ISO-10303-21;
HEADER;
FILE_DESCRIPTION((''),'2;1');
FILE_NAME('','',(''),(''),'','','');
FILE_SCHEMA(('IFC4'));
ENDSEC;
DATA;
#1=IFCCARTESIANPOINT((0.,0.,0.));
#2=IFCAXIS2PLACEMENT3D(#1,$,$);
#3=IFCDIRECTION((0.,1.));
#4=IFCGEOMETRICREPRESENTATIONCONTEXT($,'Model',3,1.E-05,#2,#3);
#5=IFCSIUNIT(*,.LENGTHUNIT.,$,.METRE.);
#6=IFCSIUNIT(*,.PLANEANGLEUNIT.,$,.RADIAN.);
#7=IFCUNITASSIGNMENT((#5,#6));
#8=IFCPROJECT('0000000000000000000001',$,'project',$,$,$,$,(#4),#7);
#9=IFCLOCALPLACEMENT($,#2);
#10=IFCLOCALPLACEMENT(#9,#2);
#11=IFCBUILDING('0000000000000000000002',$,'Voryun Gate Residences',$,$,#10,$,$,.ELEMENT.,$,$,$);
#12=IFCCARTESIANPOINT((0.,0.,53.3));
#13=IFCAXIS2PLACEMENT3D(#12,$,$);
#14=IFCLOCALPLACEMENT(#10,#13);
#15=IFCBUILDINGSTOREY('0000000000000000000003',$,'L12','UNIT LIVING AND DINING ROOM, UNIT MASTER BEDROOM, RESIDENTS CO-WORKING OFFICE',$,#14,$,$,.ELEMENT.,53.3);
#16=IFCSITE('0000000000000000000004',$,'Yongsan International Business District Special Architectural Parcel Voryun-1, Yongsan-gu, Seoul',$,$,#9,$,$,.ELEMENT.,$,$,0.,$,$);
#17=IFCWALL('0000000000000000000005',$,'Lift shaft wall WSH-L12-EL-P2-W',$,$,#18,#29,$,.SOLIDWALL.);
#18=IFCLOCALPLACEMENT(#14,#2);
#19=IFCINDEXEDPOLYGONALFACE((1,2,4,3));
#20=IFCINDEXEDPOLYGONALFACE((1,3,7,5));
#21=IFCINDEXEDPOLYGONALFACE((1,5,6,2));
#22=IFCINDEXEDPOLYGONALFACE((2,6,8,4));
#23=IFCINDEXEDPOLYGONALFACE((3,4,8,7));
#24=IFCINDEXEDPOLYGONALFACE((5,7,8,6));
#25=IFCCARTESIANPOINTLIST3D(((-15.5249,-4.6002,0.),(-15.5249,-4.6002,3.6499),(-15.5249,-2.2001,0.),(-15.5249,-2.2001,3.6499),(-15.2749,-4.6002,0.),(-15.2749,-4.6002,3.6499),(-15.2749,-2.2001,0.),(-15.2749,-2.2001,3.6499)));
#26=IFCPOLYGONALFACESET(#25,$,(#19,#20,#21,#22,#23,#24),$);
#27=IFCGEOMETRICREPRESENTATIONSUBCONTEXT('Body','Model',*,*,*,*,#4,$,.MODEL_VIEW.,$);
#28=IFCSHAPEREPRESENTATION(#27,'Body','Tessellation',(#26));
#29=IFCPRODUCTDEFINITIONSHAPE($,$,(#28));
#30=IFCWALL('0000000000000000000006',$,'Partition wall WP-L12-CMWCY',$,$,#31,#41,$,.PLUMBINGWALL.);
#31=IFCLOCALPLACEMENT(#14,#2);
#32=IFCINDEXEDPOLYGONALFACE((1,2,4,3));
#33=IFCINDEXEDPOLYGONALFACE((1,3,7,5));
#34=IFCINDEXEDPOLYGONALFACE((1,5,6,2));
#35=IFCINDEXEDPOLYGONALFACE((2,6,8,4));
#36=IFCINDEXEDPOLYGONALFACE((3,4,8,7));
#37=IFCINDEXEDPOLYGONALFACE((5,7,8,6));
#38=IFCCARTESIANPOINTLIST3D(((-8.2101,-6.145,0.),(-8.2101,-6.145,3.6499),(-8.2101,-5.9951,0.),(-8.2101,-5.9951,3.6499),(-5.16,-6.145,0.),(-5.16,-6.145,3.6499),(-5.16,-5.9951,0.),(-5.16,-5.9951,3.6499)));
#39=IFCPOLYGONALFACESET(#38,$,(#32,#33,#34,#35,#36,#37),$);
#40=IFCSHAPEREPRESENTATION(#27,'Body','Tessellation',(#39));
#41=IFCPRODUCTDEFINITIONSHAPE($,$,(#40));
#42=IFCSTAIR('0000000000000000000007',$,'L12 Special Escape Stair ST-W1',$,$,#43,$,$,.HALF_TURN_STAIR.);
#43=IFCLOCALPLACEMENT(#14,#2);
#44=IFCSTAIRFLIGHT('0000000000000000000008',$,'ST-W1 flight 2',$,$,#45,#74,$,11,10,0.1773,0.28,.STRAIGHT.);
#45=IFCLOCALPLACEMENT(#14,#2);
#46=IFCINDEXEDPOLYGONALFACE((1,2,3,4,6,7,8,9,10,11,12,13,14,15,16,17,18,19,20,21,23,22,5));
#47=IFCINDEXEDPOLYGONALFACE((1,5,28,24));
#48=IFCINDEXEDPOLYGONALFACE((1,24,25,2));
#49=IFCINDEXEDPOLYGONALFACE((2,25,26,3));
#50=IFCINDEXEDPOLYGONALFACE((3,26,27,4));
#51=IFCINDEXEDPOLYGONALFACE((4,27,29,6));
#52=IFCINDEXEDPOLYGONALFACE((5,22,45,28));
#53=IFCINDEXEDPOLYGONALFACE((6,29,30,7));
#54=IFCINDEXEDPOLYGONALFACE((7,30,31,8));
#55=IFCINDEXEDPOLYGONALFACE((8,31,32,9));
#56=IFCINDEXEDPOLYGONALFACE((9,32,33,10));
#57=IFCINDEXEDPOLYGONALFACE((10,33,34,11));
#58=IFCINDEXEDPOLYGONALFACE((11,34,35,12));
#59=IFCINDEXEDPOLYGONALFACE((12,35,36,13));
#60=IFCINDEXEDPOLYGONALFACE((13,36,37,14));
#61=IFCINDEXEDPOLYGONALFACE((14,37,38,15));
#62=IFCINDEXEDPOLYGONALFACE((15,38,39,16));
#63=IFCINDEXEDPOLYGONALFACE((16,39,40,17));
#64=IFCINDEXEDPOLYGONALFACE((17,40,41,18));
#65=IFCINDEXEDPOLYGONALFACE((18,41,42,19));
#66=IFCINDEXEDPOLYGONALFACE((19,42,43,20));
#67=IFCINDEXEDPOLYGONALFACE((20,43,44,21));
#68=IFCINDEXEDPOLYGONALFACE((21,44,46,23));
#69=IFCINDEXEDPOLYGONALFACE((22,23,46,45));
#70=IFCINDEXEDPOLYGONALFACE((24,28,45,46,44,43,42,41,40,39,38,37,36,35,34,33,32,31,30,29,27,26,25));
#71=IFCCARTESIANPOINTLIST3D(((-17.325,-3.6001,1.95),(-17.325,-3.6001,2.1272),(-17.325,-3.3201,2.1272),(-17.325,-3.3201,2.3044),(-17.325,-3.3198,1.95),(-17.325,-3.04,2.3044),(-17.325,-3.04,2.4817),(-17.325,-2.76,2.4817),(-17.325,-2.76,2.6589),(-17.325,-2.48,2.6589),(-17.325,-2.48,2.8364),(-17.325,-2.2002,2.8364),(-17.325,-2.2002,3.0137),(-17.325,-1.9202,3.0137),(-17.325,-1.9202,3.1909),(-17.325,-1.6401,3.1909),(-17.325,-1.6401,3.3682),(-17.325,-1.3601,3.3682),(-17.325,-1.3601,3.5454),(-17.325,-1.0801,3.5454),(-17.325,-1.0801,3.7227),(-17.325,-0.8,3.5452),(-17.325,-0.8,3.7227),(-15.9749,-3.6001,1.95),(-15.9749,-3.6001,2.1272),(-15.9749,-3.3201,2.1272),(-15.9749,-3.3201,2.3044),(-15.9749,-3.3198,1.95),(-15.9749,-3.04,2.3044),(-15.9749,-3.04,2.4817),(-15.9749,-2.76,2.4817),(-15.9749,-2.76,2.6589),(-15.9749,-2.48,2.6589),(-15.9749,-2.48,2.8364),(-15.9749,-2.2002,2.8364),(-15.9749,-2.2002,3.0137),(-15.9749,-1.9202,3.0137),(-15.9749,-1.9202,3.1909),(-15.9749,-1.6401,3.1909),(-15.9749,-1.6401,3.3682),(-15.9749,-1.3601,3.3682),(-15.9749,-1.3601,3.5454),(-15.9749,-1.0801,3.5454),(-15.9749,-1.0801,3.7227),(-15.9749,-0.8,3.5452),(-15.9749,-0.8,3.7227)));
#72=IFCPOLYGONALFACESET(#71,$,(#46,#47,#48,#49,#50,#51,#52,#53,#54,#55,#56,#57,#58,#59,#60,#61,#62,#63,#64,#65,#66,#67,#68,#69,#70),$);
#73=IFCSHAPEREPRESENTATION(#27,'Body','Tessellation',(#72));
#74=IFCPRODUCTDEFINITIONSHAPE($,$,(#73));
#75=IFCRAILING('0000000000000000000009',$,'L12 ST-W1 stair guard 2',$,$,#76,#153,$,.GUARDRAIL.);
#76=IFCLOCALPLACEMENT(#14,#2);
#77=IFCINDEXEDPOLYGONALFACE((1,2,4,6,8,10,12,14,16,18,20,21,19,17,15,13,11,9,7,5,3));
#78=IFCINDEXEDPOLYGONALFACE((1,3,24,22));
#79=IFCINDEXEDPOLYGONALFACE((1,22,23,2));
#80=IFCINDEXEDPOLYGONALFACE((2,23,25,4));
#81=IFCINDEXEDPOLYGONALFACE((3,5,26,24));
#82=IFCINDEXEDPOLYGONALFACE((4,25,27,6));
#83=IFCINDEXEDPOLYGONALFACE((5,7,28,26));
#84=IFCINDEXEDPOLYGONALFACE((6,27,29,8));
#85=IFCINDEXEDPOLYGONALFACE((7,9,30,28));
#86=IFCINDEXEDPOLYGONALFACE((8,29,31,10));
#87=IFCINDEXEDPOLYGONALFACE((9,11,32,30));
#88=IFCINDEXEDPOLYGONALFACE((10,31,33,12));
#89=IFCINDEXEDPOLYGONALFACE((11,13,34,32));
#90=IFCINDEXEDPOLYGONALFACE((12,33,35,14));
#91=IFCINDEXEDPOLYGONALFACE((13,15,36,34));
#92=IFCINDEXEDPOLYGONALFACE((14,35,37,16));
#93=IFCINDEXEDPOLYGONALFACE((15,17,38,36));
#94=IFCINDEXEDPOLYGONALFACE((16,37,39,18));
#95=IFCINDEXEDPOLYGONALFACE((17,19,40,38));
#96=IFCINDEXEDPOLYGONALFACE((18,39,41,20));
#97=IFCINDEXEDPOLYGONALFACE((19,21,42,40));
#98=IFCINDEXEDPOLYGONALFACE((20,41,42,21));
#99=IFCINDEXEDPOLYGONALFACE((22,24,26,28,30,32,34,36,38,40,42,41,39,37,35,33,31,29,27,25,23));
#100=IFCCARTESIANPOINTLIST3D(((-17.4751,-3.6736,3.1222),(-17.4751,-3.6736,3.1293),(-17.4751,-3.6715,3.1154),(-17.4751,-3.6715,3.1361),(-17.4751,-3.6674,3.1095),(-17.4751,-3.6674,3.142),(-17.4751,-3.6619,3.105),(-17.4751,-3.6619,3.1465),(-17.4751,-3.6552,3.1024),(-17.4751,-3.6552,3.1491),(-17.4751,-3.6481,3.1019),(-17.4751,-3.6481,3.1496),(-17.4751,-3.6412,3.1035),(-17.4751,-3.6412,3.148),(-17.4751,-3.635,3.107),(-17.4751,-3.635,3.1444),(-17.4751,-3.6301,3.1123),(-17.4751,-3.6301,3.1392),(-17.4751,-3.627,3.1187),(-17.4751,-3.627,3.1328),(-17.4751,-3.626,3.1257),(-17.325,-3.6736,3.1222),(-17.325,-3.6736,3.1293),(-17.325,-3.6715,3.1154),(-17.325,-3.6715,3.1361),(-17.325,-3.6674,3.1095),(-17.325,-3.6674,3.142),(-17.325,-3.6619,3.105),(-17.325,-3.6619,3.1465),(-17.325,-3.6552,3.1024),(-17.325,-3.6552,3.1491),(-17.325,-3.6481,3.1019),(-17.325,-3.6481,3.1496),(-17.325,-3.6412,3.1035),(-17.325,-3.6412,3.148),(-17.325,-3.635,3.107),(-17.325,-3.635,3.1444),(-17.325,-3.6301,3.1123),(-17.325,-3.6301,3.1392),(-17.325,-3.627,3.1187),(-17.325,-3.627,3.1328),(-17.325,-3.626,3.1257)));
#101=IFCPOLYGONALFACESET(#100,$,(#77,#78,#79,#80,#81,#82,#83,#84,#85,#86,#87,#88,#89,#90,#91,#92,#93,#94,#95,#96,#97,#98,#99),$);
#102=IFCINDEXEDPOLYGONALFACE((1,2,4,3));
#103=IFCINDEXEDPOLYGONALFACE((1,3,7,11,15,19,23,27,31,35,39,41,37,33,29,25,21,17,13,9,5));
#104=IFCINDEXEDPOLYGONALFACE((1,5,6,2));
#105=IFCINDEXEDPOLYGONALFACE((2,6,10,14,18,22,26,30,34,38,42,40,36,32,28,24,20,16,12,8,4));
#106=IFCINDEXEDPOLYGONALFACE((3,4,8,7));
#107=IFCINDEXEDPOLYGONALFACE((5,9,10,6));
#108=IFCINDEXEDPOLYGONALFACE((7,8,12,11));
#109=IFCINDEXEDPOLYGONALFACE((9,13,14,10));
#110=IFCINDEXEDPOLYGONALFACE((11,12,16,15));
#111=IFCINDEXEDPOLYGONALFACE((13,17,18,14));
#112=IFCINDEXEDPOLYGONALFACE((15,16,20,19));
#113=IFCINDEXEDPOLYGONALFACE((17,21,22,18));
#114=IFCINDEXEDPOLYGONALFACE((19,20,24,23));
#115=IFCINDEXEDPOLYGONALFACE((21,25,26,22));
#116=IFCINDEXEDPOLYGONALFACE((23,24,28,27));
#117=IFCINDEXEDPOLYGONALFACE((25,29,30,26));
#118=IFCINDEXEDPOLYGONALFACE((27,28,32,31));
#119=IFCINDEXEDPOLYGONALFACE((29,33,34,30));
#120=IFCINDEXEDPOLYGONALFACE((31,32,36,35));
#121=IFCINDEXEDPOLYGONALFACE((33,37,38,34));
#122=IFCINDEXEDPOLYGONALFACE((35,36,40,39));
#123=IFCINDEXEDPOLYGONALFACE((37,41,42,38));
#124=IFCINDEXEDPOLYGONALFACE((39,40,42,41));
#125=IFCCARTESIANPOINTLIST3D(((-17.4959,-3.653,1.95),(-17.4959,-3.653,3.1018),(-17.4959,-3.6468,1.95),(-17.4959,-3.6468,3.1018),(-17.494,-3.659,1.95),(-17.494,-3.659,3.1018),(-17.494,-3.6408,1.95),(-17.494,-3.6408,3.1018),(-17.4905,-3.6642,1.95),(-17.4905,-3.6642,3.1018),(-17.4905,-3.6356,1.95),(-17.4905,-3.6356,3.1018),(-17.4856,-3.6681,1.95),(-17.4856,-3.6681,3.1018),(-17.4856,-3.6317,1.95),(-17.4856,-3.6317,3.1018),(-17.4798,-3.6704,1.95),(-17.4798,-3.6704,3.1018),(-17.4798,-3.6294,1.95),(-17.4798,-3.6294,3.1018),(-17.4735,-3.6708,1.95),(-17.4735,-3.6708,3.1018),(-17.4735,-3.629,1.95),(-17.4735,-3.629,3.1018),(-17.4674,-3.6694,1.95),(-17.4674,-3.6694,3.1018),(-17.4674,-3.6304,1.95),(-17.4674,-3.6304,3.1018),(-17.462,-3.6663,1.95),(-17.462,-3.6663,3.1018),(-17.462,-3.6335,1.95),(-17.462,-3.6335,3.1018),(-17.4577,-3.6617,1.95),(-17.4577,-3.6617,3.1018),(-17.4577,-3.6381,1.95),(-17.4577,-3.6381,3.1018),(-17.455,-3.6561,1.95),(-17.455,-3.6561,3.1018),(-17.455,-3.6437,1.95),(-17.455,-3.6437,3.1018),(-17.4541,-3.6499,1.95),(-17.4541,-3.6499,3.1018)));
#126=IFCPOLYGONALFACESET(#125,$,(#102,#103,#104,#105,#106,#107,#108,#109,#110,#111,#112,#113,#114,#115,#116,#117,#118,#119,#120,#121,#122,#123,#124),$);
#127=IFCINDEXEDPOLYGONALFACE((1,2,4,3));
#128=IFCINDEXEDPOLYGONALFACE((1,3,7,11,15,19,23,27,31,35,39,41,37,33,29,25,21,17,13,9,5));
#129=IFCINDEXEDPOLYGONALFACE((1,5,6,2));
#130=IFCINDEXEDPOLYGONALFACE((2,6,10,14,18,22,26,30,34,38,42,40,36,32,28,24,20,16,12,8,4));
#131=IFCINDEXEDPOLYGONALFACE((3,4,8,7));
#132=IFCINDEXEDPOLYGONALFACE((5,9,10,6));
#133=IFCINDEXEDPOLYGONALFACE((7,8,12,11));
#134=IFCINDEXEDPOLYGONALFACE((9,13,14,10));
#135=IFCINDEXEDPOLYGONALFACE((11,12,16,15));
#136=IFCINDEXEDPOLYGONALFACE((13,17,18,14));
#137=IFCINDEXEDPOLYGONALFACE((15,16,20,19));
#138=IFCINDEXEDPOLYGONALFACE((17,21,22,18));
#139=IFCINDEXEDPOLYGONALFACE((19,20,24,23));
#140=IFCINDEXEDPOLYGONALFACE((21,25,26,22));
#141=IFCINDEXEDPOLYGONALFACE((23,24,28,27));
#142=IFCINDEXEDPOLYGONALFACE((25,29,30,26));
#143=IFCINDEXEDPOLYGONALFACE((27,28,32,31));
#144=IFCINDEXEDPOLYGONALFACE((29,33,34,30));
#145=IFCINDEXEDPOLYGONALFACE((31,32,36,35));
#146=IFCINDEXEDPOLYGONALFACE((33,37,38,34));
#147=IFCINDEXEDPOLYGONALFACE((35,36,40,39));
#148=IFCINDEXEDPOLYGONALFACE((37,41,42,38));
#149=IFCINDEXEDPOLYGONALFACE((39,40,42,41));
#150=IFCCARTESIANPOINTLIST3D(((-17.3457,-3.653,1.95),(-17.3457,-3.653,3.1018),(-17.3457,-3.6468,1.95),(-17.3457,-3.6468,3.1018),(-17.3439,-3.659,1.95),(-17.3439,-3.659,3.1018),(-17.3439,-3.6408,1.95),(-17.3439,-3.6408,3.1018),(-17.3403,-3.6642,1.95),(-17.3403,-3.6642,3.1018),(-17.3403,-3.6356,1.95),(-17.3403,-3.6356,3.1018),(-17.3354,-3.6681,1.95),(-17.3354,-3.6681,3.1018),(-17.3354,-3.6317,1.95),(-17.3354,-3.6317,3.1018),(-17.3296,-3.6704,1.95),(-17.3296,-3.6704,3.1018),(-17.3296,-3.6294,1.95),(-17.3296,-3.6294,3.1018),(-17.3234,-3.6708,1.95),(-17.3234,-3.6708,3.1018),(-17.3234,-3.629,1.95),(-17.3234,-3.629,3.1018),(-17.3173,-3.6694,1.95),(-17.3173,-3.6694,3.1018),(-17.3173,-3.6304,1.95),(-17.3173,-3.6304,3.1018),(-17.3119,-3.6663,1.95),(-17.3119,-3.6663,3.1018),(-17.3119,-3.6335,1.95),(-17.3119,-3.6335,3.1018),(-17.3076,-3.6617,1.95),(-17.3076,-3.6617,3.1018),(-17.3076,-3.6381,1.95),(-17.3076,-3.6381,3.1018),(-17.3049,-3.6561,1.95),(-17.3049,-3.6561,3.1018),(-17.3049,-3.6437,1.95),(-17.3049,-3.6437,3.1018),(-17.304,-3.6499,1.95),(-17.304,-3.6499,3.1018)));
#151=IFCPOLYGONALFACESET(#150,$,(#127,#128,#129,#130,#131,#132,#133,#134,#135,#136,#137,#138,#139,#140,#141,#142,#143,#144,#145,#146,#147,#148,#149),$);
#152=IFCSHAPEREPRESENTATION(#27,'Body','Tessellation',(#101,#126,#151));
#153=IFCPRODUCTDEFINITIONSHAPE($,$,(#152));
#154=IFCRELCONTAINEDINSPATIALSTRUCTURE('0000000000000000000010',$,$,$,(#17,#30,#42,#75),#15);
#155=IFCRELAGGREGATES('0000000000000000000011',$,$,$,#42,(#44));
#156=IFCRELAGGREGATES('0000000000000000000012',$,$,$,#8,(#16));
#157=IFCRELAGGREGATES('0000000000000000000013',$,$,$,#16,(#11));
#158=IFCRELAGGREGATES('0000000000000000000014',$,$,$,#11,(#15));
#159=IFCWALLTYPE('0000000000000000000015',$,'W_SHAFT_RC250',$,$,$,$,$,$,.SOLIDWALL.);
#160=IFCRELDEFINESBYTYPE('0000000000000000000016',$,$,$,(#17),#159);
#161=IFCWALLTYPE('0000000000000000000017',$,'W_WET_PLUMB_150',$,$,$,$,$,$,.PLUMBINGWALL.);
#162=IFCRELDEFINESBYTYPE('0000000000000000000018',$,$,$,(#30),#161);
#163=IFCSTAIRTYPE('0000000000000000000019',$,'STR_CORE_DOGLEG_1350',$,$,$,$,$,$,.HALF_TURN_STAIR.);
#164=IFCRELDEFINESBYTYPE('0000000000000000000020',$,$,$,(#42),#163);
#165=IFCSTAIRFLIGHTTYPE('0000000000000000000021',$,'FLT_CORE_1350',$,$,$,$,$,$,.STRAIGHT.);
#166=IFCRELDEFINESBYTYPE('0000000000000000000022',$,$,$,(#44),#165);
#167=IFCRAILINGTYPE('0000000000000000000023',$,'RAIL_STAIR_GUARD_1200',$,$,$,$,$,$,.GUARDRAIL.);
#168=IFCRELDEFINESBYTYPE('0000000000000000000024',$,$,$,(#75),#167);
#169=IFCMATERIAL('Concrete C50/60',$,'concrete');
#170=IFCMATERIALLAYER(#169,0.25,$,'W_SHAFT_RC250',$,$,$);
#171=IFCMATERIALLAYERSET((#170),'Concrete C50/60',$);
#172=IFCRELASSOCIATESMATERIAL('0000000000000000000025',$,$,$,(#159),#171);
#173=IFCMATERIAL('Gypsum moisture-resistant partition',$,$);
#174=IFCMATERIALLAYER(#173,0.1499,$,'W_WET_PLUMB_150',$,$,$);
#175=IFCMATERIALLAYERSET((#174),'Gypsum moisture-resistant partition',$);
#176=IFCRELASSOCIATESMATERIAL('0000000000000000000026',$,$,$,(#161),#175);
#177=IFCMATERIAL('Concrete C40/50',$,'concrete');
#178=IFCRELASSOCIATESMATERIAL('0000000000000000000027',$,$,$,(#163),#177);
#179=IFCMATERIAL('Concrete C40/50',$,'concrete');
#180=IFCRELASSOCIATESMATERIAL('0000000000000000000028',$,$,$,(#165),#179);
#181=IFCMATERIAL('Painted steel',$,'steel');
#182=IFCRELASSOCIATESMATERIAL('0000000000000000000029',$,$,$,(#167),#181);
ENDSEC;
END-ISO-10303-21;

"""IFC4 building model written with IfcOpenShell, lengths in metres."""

from ifc_helpers import new_model, si_unit, direction, frame, frame_2d, origin, origin_2d, place, context, subcontext, project, spatial, polyline, rectangle, circle, outline, extrude, material, layer, layer_set, type_object, element, aggregate, save


model = new_model("IFC4")

# Units and contexts
model_context = context("Model", 3, precision=1e-05, world=origin(), true_north=direction((0.0, 1.0)))
body_context = subcontext(model_context, "Body", "Model", "MODEL_VIEW")
ifc_project = project(units=[si_unit("LENGTHUNIT", "METRE"), si_unit("PLANEANGLEUNIT", "RADIAN")], contexts=[model_context])

# Site, building, storey
site_placement = place(None, origin())
site = spatial("IfcSite", under=ifc_project, at=site_placement, Name="Yongsan International Business District Special Architectural Parcel Voryun-1, Yongsan-gu, Seoul", CompositionType="ELEMENT", RefElevation=0.0)
building_placement = place(site_placement, origin())
building = spatial("IfcBuilding", under=site, at=building_placement, Name="Voryun Gate Residences", CompositionType="ELEMENT")
storey_placement = place(building_placement, frame((0.0, 0.0, 53.3)))
storey = spatial("IfcBuildingStorey", under=building, at=storey_placement, Name="L12", Description="UNIT LIVING AND DINING ROOM, UNIT MASTER BEDROOM, RESIDENTS CO-WORKING OFFICE", CompositionType="ELEMENT", Elevation=53.3)

# Walls
ifc_material_1 = material(Name="Concrete C50/60", Category="concrete")
ifc_layer_1 = layer(ifc_material_1, 0.25, Name="W_SHAFT_RC250")
ifc_layer_set_1 = layer_set([ifc_layer_1], Name="Concrete C50/60")
wall_type_1 = type_object("IfcWallType", Name="W_SHAFT_RC250", PredefinedType="SOLIDWALL", material=ifc_layer_set_1)
wall_1_placement = place(storey_placement, frame((-15.3999, -2.2, 0.0), z_axis=(0.0, 0.0, 1.0), x_axis=(0.0, -1.0, 0.0)))
element("IfcWall", 1, at=wall_1_placement, inside=storey, type_object=wall_type_1, Name="Lift shaft wall WSH-L12-EL-P2-W", PredefinedType="SOLIDWALL", context=body_context, shape_type="SweptSolid", body=[
    extrude(rectangle(XDim=2.4001, YDim=0.25, at=frame_2d((1.2002, 0.0))), origin(), (0.0, 0.0, 1.0), 3.6499),
])
ifc_material_2 = material(Name="Gypsum moisture-resistant partition")
ifc_layer_2 = layer(ifc_material_2, 0.1499, Name="W_WET_PLUMB_150")
ifc_layer_set_2 = layer_set([ifc_layer_2], Name="Gypsum moisture-resistant partition")
wall_type_2 = type_object("IfcWallType", Name="W_WET_PLUMB_150", PredefinedType="PLUMBINGWALL", material=ifc_layer_set_2)
wall_2_placement = place(storey_placement, frame((-8.21, -6.0701, 0.0), z_axis=(0.0, 0.0, 1.0), x_axis=(1.0, 0.0, 0.0)))
element("IfcWall", 2, at=wall_2_placement, inside=storey, type_object=wall_type_2, Name="Partition wall WP-L12-CMWCY", PredefinedType="PLUMBINGWALL", context=body_context, shape_type="SweptSolid", body=[
    extrude(rectangle(XDim=3.05, YDim=0.1499, at=frame_2d((1.5249, 0.0))), origin(), (0.0, 0.0, 1.0), 3.6499),
])

# Stair, stair flight
ifc_material_3 = material(Name="Concrete C40/50", Category="concrete")
stair_type = type_object("IfcStairType", Name="STR_CORE_DOGLEG_1350", PredefinedType="HALF_TURN_STAIR", material=ifc_material_3)
stair_placement = place(storey_placement, origin())
stair = element("IfcStair", 3, at=stair_placement, inside=storey, type_object=stair_type, Name="L12 Special Escape Stair ST-W1", PredefinedType="HALF_TURN_STAIR")
ifc_material_4 = material(Name="Concrete C40/50", Category="concrete")
stair_flight_type = type_object("IfcStairFlightType", Name="FLT_CORE_1350", PredefinedType="STRAIGHT", material=ifc_material_4)
stair_flight_placement = place(storey_placement, frame((-16.6499, -3.6001, 1.95), z_axis=(0.0, 0.0, 1.0), x_axis=(0.0, 1.0, 0.0)))
stair_flight = element("IfcStairFlight", 4, at=stair_flight_placement, type_object=stair_flight_type, Name="ST-W1 flight 2", NumberOfRisers=11, NumberOfTreads=10, PredefinedType="STRAIGHT", RiserHeight=0.1773, TreadLength=0.28, context=body_context, shape_type="SweptSolid", body=[
    extrude(outline(polyline([(0.0, 0.0), (0.0, 0.1772), (0.28, 0.1772), (0.28, 0.3545), (0.5601, 0.3545), (0.5601, 0.5317), (0.8401, 0.5317), (0.8401, 0.709), (1.1201, 0.709), (1.1201, 0.8865), (1.3999, 0.8865), (1.3999, 1.0637), (1.6799, 1.0637), (1.6799, 1.241), (1.96, 1.241), (1.96, 1.4182), (2.24, 1.4182), (2.24, 1.5955), (2.52, 1.5955), (2.52, 1.7727), (2.8, 1.7727), (2.8, 1.95), (2.8, 1.5952), (0.2803, 0.0), (0.0, 0.0)])), frame((0.0, 0.675, 0.0), z_axis=(0.0, -1.0, 0.0), x_axis=(1.0, 0.0, 0.0)), (0.0, 0.0, 1.0), 1.3501),
])
aggregate(stair, [stair_flight])

# Railing
ifc_material_5 = material(Name="Painted steel", Category="steel")
railing_type_1 = type_object("IfcRailingType", Name="RAIL_STAIR_GUARD_1200", PredefinedType="GUARDRAIL", material=ifc_material_5)
railing_1_placement = place(storey_placement, frame((-17.4751, -3.6499, 1.95)))
element("IfcRailing", 5, at=railing_1_placement, inside=storey, type_object=railing_type_1, Name="L12 ST-W1 stair guard 2", PredefinedType="GUARDRAIL", context=body_context, shape_type="SweptSolid", body=[
    extrude(circle(Radius=0.0239, at=origin_2d()), frame((0.0, 0.0, 1.1758), z_axis=(1.0, 0.0, 0.0), x_axis=(0.0, 1.0, 0.0)), (0.0, 0.0, 1.0), 0.1501),
    extrude(circle(Radius=0.021, at=origin_2d()), origin(), (0.0, 0.0, 1.0), 1.1519),
    extrude(circle(Radius=0.021, at=origin_2d()), frame((0.1501, 0.0, 0.0)), (0.0, 0.0, 1.0), 1.1519),
])

save(model, "model.ifc")
